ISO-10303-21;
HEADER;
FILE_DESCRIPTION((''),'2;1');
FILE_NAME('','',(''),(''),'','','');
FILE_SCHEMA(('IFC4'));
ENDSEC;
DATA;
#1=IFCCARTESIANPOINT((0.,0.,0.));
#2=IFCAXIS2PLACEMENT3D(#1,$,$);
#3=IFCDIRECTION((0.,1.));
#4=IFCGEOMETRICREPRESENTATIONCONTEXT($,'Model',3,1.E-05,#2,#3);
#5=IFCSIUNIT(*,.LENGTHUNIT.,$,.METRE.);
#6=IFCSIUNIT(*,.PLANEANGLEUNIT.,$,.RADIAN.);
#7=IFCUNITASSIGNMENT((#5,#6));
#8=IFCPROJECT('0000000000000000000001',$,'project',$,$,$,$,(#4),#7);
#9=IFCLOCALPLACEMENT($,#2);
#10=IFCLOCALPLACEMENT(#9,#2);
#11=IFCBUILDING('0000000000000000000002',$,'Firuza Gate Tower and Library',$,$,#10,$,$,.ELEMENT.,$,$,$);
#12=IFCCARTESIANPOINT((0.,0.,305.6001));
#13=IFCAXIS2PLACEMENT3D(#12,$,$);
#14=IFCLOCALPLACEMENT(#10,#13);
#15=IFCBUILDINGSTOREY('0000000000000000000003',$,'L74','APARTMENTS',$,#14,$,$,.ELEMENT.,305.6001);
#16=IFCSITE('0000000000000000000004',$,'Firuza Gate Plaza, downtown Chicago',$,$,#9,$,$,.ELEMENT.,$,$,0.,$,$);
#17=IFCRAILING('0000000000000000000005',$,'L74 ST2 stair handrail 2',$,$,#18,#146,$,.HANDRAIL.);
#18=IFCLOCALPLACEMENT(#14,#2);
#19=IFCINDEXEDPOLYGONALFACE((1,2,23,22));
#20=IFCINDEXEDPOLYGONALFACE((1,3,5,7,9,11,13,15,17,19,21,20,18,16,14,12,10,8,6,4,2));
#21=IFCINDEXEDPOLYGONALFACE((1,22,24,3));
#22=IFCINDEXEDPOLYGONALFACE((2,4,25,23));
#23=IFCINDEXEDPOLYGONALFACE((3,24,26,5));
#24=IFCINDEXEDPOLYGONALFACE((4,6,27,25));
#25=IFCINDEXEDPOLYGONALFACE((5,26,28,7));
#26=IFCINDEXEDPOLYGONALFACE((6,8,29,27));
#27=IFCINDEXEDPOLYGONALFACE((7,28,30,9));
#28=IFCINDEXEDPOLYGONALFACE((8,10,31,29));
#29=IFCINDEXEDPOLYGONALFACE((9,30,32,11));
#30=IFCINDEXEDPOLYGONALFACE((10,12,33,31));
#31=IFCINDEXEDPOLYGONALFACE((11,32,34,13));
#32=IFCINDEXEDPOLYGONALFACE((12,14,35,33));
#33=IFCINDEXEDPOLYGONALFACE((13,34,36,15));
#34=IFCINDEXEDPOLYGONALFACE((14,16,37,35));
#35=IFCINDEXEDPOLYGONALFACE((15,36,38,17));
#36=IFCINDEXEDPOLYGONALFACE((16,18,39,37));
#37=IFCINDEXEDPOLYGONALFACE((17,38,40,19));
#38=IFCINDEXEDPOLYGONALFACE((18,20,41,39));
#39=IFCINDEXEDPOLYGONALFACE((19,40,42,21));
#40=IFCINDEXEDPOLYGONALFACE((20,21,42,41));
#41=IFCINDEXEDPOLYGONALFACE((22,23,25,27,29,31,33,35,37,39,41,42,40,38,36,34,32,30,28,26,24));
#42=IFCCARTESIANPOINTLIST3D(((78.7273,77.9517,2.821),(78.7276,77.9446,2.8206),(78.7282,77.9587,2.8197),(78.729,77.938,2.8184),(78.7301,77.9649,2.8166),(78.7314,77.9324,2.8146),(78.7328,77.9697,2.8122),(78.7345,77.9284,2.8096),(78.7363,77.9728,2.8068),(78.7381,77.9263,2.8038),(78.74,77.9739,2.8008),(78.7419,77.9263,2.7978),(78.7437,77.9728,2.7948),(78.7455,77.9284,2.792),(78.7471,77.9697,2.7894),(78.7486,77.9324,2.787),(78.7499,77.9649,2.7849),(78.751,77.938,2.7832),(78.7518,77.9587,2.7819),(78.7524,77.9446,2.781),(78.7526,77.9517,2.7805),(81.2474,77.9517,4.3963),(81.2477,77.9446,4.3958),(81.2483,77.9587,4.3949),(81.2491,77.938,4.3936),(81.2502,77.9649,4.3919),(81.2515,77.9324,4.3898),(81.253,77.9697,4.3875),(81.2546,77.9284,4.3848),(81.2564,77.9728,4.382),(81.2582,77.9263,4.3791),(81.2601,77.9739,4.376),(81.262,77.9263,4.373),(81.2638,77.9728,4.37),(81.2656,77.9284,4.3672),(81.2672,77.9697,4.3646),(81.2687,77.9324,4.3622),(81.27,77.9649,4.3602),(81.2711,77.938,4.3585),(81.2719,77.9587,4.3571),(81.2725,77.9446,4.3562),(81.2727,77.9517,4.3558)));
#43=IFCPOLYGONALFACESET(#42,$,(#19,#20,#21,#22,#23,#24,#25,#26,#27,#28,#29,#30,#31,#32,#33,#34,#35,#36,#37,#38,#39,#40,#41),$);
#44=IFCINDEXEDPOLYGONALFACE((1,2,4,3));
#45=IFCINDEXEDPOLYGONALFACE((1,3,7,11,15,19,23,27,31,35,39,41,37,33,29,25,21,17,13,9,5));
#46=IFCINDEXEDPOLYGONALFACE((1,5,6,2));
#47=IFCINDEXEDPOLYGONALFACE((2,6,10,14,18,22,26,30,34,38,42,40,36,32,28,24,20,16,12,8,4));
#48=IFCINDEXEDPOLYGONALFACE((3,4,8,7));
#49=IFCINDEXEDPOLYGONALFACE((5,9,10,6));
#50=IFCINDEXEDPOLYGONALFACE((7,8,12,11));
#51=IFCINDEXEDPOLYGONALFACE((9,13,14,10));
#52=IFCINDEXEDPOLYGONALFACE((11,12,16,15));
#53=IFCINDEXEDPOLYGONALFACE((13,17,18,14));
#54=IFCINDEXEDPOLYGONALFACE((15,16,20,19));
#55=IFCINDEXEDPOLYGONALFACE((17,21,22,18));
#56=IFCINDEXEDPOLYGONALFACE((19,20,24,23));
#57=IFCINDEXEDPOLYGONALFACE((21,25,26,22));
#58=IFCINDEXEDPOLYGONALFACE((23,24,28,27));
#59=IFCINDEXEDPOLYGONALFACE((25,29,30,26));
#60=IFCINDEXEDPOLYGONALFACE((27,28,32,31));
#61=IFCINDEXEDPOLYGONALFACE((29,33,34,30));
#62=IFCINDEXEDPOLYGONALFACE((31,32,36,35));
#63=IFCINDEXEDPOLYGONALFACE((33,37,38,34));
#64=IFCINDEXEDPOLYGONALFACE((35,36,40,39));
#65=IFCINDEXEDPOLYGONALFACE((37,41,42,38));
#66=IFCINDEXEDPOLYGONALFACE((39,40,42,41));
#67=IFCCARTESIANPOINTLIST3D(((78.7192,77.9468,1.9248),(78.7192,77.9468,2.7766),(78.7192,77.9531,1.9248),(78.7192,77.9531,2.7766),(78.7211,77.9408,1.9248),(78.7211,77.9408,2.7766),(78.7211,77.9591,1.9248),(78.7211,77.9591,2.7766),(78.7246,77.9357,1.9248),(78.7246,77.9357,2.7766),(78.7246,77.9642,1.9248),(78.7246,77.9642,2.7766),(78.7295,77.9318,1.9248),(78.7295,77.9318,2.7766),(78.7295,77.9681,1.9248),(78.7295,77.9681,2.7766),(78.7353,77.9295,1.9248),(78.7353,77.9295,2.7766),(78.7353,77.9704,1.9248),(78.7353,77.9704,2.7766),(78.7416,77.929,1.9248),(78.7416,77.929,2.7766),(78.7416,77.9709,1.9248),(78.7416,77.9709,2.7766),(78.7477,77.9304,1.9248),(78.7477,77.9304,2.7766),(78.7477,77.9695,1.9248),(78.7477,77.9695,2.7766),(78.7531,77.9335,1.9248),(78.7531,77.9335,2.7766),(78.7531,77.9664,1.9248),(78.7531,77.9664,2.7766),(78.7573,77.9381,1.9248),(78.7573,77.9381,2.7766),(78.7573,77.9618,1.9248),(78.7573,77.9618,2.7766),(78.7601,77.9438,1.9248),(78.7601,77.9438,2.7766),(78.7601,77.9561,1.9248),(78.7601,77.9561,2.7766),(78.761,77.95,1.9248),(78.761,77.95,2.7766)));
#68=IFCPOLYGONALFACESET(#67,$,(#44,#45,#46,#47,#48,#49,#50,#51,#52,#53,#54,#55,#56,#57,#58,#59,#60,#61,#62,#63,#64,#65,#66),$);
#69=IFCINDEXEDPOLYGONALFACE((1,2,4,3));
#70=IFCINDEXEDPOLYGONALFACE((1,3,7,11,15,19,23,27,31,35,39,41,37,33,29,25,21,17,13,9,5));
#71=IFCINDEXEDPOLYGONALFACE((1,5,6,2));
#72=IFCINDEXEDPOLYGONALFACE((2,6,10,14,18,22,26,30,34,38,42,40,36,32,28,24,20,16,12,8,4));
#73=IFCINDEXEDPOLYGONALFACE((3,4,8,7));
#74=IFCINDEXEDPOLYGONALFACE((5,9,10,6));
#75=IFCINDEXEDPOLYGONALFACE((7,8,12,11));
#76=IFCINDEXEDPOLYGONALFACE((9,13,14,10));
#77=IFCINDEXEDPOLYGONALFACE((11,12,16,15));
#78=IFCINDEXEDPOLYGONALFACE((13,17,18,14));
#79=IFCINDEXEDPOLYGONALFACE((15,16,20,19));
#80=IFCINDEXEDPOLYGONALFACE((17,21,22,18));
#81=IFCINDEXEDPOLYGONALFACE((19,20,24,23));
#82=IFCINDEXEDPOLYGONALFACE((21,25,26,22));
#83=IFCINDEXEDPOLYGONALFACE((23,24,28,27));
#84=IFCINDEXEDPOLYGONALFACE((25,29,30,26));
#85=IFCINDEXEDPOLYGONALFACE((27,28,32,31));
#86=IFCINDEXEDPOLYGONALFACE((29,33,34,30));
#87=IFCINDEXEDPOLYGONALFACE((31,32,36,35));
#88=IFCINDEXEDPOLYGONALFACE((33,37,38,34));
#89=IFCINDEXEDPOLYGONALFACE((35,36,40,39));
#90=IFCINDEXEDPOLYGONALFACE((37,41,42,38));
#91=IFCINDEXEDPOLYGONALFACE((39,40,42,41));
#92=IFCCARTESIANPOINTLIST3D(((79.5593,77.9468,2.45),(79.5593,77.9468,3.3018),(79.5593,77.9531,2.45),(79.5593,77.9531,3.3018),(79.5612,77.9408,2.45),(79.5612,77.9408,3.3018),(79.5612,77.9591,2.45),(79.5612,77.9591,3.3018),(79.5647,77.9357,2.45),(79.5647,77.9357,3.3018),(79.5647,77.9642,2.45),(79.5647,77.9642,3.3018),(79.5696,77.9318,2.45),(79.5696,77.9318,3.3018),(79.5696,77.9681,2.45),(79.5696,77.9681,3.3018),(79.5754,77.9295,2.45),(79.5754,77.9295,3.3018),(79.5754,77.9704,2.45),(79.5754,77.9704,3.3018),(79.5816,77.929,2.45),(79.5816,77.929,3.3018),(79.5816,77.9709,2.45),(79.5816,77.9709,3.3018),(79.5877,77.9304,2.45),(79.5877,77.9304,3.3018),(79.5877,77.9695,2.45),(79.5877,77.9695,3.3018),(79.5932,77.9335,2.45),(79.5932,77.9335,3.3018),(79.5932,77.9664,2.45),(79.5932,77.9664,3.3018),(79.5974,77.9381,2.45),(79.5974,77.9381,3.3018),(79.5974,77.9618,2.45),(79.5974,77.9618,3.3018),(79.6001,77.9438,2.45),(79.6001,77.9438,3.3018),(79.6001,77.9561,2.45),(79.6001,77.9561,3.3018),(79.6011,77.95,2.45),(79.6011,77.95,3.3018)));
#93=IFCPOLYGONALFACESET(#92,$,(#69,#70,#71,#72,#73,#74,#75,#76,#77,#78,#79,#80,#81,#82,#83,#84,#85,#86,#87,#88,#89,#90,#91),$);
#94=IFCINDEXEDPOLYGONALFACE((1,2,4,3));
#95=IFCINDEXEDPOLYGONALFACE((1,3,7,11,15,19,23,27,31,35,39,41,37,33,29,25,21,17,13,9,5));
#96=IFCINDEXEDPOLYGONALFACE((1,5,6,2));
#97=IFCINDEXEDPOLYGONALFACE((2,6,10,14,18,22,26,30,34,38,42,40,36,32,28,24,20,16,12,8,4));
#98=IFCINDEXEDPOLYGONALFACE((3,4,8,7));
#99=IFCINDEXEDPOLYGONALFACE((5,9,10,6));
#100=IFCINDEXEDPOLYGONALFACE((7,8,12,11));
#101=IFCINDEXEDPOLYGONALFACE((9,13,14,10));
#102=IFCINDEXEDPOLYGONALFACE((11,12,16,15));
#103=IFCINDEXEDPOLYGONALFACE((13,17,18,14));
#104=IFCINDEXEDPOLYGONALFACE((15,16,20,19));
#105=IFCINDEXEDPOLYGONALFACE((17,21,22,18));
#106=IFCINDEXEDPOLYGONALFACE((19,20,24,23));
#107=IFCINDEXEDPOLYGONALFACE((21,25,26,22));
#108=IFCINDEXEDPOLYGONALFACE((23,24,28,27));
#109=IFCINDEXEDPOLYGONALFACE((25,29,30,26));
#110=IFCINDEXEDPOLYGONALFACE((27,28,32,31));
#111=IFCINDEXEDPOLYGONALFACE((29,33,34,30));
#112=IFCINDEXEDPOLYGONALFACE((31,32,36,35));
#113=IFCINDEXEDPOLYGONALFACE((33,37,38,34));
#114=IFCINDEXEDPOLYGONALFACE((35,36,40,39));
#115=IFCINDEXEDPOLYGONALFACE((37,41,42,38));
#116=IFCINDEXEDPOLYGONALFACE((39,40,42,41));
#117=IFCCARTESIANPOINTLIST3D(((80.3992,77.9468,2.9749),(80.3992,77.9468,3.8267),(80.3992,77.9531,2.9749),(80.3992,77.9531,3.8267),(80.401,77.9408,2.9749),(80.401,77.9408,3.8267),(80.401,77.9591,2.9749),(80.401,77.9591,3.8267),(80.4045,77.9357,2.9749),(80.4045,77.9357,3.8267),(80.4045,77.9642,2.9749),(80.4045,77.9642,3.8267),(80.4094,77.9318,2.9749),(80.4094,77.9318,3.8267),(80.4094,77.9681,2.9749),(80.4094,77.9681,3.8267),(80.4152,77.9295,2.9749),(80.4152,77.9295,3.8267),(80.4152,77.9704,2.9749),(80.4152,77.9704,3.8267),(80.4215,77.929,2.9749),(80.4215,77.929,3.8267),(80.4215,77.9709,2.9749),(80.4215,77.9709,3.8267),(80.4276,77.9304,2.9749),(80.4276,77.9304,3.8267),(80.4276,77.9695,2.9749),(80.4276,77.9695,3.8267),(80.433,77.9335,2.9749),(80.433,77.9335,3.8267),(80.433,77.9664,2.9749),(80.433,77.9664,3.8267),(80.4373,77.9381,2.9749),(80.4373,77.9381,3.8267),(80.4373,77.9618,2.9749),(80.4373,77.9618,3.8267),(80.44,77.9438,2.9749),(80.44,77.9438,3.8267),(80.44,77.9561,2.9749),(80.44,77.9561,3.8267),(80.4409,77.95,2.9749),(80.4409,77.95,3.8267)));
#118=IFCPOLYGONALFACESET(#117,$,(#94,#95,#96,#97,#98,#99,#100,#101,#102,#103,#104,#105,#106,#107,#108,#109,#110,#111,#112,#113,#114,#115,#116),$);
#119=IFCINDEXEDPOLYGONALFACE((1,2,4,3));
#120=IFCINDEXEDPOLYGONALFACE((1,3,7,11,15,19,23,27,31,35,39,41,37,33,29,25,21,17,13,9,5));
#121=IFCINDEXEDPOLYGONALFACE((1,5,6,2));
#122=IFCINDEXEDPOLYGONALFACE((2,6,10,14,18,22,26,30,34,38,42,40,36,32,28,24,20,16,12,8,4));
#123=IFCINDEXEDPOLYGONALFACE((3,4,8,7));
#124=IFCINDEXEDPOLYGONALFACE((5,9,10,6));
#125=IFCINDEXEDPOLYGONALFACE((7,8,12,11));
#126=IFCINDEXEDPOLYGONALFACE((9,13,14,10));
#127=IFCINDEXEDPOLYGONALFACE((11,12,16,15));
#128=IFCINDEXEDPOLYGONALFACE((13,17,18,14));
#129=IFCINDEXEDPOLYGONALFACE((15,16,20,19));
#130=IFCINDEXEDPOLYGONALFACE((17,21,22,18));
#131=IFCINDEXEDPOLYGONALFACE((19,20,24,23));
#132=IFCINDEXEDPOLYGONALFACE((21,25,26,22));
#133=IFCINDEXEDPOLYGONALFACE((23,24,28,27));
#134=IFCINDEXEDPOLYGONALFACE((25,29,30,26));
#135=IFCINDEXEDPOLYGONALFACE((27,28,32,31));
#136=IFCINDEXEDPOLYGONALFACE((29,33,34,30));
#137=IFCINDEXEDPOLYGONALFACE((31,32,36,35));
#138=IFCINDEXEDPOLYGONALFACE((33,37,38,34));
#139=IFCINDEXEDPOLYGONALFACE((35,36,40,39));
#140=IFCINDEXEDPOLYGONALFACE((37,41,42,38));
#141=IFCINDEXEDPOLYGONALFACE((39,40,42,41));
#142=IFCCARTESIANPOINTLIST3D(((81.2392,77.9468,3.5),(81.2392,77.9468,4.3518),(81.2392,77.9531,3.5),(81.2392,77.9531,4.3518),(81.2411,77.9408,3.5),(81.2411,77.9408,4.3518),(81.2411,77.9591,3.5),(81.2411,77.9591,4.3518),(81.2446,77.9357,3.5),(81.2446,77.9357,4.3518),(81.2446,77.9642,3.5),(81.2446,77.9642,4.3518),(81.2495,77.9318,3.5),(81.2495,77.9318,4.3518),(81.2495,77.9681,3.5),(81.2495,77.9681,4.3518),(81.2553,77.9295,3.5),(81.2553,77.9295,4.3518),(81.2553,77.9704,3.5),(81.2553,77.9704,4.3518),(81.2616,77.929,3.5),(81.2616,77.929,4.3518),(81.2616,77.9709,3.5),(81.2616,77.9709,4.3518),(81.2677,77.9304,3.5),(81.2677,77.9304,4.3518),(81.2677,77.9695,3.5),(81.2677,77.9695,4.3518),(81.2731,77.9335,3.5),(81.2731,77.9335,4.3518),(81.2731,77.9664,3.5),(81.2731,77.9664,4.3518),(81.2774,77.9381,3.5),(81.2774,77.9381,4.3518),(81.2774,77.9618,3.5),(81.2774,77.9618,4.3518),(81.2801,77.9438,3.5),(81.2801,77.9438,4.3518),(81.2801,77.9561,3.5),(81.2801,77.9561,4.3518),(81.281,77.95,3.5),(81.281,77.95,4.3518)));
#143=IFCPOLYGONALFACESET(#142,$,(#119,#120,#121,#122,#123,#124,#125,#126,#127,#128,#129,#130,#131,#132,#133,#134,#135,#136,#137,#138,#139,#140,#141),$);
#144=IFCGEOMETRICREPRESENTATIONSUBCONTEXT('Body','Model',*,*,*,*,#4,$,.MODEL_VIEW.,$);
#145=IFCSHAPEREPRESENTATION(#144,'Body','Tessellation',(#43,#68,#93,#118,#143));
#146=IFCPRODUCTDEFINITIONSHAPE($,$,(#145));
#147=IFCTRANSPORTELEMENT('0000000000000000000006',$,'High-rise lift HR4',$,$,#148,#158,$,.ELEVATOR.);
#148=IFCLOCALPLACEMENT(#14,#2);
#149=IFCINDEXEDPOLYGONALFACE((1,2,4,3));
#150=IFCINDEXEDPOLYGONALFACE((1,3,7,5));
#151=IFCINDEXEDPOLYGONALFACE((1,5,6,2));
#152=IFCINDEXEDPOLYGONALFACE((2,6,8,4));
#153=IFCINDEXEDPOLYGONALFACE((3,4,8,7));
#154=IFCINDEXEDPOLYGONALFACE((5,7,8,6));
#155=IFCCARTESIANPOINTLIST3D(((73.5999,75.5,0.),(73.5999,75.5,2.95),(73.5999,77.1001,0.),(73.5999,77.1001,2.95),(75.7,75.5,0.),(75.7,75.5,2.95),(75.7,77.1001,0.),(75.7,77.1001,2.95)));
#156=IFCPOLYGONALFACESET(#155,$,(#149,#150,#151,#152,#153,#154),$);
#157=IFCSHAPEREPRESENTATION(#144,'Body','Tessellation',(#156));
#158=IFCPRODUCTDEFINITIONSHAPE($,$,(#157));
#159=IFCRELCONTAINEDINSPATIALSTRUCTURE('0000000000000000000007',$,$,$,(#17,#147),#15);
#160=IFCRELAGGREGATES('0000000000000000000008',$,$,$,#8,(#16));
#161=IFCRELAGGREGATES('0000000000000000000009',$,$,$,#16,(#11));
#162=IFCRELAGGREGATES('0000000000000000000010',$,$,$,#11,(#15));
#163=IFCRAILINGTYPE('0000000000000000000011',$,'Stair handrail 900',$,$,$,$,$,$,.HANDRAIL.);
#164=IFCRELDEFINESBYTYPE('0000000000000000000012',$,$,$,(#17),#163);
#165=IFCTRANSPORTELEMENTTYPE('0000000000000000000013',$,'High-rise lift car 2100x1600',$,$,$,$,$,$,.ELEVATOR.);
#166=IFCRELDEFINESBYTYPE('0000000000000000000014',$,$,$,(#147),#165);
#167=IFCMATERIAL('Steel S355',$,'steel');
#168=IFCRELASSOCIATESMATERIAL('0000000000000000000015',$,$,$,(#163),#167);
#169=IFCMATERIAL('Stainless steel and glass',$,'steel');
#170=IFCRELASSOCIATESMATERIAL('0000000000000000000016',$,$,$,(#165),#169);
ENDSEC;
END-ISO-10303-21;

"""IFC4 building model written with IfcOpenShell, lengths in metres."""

from ifc_helpers import new_model, si_unit, direction, frame, origin, origin_2d, place, context, subcontext, project, spatial, rectangle, circle, extrude, material, type_object, element, save


model = new_model("IFC4")

# Units and contexts
model_context = context("Model", 3, precision=1e-05, world=origin(), true_north=direction((0.0, 1.0)))
body_context = subcontext(model_context, "Body", "Model", "MODEL_VIEW")
ifc_project = project(units=[si_unit("LENGTHUNIT", "METRE"), si_unit("PLANEANGLEUNIT", "RADIAN")], contexts=[model_context])

# Site, building, storey
site_placement = place(None, origin())
site = spatial("IfcSite", under=ifc_project, at=site_placement, Name="Firuza Gate Plaza, downtown Chicago", CompositionType="ELEMENT", RefElevation=0.0)
building_placement = place(site_placement, origin())
building = spatial("IfcBuilding", under=site, at=building_placement, Name="Firuza Gate Tower and Library", CompositionType="ELEMENT")
storey_placement = place(building_placement, frame((0.0, 0.0, 305.6001)))
storey = spatial("IfcBuildingStorey", under=building, at=storey_placement, Name="L74", Description="APARTMENTS", CompositionType="ELEMENT", Elevation=305.6001)

# Railing
ifc_material_1 = material(Name="Steel S355", Category="steel")
railing_type_1 = type_object("IfcRailingType", Name="Stair handrail 900", PredefinedType="HANDRAIL", material=ifc_material_1)
railing_1_placement = place(storey_placement, frame((78.74, 77.95, 1.9248)))
element("IfcRailing", 1, at=railing_1_placement, inside=storey, type_object=railing_type_1, Name="L74 ST2 stair handrail 2", PredefinedType="HANDRAIL", context=body_context, shape_type="SweptSolid", body=[
    extrude(circle(Radius=0.0239, at=origin_2d()), frame((0.0, 0.0, 0.876), z_axis=(0.847971, 0.0, 0.530043), x_axis=(0.0, 1.0, 0.0)), (0.0, 0.0, 1.0), 2.9719),
    extrude(circle(Radius=0.021, at=origin_2d()), origin(), (0.0, 0.0, 1.0), 0.8518),
    extrude(circle(Radius=0.021, at=origin_2d()), frame((0.8401, 0.0, 0.5251)), (0.0, 0.0, 1.0), 0.8518),
    extrude(circle(Radius=0.021, at=origin_2d()), frame((1.6799, 0.0, 1.05)), (0.0, 0.0, 1.0), 0.8518),
    extrude(circle(Radius=0.021, at=origin_2d()), frame((2.52, 0.0, 1.5752)), (0.0, 0.0, 1.0), 0.8518),
])

# Transport element
ifc_material_2 = material(Name="Stainless steel and glass", Category="steel")
transport_element_type = type_object("IfcTransportElementType", Name="High-rise lift car 2100x1600", PredefinedType="ELEVATOR", material=ifc_material_2)
transport_element_placement = place(storey_placement, frame((74.6499, 76.3, 0.0), z_axis=(0.0, 0.0, 1.0), x_axis=(1.0, 0.0, 0.0)))
element("IfcTransportElement", 2, at=transport_element_placement, inside=storey, type_object=transport_element_type, Name="High-rise lift HR4", PredefinedType="ELEVATOR", context=body_context, shape_type="SweptSolid", body=[
    extrude(rectangle(XDim=2.1001, YDim=1.6001, at=origin_2d()), origin(), (0.0, 0.0, 1.0), 2.95),
])

save(model, "model.ifc")
